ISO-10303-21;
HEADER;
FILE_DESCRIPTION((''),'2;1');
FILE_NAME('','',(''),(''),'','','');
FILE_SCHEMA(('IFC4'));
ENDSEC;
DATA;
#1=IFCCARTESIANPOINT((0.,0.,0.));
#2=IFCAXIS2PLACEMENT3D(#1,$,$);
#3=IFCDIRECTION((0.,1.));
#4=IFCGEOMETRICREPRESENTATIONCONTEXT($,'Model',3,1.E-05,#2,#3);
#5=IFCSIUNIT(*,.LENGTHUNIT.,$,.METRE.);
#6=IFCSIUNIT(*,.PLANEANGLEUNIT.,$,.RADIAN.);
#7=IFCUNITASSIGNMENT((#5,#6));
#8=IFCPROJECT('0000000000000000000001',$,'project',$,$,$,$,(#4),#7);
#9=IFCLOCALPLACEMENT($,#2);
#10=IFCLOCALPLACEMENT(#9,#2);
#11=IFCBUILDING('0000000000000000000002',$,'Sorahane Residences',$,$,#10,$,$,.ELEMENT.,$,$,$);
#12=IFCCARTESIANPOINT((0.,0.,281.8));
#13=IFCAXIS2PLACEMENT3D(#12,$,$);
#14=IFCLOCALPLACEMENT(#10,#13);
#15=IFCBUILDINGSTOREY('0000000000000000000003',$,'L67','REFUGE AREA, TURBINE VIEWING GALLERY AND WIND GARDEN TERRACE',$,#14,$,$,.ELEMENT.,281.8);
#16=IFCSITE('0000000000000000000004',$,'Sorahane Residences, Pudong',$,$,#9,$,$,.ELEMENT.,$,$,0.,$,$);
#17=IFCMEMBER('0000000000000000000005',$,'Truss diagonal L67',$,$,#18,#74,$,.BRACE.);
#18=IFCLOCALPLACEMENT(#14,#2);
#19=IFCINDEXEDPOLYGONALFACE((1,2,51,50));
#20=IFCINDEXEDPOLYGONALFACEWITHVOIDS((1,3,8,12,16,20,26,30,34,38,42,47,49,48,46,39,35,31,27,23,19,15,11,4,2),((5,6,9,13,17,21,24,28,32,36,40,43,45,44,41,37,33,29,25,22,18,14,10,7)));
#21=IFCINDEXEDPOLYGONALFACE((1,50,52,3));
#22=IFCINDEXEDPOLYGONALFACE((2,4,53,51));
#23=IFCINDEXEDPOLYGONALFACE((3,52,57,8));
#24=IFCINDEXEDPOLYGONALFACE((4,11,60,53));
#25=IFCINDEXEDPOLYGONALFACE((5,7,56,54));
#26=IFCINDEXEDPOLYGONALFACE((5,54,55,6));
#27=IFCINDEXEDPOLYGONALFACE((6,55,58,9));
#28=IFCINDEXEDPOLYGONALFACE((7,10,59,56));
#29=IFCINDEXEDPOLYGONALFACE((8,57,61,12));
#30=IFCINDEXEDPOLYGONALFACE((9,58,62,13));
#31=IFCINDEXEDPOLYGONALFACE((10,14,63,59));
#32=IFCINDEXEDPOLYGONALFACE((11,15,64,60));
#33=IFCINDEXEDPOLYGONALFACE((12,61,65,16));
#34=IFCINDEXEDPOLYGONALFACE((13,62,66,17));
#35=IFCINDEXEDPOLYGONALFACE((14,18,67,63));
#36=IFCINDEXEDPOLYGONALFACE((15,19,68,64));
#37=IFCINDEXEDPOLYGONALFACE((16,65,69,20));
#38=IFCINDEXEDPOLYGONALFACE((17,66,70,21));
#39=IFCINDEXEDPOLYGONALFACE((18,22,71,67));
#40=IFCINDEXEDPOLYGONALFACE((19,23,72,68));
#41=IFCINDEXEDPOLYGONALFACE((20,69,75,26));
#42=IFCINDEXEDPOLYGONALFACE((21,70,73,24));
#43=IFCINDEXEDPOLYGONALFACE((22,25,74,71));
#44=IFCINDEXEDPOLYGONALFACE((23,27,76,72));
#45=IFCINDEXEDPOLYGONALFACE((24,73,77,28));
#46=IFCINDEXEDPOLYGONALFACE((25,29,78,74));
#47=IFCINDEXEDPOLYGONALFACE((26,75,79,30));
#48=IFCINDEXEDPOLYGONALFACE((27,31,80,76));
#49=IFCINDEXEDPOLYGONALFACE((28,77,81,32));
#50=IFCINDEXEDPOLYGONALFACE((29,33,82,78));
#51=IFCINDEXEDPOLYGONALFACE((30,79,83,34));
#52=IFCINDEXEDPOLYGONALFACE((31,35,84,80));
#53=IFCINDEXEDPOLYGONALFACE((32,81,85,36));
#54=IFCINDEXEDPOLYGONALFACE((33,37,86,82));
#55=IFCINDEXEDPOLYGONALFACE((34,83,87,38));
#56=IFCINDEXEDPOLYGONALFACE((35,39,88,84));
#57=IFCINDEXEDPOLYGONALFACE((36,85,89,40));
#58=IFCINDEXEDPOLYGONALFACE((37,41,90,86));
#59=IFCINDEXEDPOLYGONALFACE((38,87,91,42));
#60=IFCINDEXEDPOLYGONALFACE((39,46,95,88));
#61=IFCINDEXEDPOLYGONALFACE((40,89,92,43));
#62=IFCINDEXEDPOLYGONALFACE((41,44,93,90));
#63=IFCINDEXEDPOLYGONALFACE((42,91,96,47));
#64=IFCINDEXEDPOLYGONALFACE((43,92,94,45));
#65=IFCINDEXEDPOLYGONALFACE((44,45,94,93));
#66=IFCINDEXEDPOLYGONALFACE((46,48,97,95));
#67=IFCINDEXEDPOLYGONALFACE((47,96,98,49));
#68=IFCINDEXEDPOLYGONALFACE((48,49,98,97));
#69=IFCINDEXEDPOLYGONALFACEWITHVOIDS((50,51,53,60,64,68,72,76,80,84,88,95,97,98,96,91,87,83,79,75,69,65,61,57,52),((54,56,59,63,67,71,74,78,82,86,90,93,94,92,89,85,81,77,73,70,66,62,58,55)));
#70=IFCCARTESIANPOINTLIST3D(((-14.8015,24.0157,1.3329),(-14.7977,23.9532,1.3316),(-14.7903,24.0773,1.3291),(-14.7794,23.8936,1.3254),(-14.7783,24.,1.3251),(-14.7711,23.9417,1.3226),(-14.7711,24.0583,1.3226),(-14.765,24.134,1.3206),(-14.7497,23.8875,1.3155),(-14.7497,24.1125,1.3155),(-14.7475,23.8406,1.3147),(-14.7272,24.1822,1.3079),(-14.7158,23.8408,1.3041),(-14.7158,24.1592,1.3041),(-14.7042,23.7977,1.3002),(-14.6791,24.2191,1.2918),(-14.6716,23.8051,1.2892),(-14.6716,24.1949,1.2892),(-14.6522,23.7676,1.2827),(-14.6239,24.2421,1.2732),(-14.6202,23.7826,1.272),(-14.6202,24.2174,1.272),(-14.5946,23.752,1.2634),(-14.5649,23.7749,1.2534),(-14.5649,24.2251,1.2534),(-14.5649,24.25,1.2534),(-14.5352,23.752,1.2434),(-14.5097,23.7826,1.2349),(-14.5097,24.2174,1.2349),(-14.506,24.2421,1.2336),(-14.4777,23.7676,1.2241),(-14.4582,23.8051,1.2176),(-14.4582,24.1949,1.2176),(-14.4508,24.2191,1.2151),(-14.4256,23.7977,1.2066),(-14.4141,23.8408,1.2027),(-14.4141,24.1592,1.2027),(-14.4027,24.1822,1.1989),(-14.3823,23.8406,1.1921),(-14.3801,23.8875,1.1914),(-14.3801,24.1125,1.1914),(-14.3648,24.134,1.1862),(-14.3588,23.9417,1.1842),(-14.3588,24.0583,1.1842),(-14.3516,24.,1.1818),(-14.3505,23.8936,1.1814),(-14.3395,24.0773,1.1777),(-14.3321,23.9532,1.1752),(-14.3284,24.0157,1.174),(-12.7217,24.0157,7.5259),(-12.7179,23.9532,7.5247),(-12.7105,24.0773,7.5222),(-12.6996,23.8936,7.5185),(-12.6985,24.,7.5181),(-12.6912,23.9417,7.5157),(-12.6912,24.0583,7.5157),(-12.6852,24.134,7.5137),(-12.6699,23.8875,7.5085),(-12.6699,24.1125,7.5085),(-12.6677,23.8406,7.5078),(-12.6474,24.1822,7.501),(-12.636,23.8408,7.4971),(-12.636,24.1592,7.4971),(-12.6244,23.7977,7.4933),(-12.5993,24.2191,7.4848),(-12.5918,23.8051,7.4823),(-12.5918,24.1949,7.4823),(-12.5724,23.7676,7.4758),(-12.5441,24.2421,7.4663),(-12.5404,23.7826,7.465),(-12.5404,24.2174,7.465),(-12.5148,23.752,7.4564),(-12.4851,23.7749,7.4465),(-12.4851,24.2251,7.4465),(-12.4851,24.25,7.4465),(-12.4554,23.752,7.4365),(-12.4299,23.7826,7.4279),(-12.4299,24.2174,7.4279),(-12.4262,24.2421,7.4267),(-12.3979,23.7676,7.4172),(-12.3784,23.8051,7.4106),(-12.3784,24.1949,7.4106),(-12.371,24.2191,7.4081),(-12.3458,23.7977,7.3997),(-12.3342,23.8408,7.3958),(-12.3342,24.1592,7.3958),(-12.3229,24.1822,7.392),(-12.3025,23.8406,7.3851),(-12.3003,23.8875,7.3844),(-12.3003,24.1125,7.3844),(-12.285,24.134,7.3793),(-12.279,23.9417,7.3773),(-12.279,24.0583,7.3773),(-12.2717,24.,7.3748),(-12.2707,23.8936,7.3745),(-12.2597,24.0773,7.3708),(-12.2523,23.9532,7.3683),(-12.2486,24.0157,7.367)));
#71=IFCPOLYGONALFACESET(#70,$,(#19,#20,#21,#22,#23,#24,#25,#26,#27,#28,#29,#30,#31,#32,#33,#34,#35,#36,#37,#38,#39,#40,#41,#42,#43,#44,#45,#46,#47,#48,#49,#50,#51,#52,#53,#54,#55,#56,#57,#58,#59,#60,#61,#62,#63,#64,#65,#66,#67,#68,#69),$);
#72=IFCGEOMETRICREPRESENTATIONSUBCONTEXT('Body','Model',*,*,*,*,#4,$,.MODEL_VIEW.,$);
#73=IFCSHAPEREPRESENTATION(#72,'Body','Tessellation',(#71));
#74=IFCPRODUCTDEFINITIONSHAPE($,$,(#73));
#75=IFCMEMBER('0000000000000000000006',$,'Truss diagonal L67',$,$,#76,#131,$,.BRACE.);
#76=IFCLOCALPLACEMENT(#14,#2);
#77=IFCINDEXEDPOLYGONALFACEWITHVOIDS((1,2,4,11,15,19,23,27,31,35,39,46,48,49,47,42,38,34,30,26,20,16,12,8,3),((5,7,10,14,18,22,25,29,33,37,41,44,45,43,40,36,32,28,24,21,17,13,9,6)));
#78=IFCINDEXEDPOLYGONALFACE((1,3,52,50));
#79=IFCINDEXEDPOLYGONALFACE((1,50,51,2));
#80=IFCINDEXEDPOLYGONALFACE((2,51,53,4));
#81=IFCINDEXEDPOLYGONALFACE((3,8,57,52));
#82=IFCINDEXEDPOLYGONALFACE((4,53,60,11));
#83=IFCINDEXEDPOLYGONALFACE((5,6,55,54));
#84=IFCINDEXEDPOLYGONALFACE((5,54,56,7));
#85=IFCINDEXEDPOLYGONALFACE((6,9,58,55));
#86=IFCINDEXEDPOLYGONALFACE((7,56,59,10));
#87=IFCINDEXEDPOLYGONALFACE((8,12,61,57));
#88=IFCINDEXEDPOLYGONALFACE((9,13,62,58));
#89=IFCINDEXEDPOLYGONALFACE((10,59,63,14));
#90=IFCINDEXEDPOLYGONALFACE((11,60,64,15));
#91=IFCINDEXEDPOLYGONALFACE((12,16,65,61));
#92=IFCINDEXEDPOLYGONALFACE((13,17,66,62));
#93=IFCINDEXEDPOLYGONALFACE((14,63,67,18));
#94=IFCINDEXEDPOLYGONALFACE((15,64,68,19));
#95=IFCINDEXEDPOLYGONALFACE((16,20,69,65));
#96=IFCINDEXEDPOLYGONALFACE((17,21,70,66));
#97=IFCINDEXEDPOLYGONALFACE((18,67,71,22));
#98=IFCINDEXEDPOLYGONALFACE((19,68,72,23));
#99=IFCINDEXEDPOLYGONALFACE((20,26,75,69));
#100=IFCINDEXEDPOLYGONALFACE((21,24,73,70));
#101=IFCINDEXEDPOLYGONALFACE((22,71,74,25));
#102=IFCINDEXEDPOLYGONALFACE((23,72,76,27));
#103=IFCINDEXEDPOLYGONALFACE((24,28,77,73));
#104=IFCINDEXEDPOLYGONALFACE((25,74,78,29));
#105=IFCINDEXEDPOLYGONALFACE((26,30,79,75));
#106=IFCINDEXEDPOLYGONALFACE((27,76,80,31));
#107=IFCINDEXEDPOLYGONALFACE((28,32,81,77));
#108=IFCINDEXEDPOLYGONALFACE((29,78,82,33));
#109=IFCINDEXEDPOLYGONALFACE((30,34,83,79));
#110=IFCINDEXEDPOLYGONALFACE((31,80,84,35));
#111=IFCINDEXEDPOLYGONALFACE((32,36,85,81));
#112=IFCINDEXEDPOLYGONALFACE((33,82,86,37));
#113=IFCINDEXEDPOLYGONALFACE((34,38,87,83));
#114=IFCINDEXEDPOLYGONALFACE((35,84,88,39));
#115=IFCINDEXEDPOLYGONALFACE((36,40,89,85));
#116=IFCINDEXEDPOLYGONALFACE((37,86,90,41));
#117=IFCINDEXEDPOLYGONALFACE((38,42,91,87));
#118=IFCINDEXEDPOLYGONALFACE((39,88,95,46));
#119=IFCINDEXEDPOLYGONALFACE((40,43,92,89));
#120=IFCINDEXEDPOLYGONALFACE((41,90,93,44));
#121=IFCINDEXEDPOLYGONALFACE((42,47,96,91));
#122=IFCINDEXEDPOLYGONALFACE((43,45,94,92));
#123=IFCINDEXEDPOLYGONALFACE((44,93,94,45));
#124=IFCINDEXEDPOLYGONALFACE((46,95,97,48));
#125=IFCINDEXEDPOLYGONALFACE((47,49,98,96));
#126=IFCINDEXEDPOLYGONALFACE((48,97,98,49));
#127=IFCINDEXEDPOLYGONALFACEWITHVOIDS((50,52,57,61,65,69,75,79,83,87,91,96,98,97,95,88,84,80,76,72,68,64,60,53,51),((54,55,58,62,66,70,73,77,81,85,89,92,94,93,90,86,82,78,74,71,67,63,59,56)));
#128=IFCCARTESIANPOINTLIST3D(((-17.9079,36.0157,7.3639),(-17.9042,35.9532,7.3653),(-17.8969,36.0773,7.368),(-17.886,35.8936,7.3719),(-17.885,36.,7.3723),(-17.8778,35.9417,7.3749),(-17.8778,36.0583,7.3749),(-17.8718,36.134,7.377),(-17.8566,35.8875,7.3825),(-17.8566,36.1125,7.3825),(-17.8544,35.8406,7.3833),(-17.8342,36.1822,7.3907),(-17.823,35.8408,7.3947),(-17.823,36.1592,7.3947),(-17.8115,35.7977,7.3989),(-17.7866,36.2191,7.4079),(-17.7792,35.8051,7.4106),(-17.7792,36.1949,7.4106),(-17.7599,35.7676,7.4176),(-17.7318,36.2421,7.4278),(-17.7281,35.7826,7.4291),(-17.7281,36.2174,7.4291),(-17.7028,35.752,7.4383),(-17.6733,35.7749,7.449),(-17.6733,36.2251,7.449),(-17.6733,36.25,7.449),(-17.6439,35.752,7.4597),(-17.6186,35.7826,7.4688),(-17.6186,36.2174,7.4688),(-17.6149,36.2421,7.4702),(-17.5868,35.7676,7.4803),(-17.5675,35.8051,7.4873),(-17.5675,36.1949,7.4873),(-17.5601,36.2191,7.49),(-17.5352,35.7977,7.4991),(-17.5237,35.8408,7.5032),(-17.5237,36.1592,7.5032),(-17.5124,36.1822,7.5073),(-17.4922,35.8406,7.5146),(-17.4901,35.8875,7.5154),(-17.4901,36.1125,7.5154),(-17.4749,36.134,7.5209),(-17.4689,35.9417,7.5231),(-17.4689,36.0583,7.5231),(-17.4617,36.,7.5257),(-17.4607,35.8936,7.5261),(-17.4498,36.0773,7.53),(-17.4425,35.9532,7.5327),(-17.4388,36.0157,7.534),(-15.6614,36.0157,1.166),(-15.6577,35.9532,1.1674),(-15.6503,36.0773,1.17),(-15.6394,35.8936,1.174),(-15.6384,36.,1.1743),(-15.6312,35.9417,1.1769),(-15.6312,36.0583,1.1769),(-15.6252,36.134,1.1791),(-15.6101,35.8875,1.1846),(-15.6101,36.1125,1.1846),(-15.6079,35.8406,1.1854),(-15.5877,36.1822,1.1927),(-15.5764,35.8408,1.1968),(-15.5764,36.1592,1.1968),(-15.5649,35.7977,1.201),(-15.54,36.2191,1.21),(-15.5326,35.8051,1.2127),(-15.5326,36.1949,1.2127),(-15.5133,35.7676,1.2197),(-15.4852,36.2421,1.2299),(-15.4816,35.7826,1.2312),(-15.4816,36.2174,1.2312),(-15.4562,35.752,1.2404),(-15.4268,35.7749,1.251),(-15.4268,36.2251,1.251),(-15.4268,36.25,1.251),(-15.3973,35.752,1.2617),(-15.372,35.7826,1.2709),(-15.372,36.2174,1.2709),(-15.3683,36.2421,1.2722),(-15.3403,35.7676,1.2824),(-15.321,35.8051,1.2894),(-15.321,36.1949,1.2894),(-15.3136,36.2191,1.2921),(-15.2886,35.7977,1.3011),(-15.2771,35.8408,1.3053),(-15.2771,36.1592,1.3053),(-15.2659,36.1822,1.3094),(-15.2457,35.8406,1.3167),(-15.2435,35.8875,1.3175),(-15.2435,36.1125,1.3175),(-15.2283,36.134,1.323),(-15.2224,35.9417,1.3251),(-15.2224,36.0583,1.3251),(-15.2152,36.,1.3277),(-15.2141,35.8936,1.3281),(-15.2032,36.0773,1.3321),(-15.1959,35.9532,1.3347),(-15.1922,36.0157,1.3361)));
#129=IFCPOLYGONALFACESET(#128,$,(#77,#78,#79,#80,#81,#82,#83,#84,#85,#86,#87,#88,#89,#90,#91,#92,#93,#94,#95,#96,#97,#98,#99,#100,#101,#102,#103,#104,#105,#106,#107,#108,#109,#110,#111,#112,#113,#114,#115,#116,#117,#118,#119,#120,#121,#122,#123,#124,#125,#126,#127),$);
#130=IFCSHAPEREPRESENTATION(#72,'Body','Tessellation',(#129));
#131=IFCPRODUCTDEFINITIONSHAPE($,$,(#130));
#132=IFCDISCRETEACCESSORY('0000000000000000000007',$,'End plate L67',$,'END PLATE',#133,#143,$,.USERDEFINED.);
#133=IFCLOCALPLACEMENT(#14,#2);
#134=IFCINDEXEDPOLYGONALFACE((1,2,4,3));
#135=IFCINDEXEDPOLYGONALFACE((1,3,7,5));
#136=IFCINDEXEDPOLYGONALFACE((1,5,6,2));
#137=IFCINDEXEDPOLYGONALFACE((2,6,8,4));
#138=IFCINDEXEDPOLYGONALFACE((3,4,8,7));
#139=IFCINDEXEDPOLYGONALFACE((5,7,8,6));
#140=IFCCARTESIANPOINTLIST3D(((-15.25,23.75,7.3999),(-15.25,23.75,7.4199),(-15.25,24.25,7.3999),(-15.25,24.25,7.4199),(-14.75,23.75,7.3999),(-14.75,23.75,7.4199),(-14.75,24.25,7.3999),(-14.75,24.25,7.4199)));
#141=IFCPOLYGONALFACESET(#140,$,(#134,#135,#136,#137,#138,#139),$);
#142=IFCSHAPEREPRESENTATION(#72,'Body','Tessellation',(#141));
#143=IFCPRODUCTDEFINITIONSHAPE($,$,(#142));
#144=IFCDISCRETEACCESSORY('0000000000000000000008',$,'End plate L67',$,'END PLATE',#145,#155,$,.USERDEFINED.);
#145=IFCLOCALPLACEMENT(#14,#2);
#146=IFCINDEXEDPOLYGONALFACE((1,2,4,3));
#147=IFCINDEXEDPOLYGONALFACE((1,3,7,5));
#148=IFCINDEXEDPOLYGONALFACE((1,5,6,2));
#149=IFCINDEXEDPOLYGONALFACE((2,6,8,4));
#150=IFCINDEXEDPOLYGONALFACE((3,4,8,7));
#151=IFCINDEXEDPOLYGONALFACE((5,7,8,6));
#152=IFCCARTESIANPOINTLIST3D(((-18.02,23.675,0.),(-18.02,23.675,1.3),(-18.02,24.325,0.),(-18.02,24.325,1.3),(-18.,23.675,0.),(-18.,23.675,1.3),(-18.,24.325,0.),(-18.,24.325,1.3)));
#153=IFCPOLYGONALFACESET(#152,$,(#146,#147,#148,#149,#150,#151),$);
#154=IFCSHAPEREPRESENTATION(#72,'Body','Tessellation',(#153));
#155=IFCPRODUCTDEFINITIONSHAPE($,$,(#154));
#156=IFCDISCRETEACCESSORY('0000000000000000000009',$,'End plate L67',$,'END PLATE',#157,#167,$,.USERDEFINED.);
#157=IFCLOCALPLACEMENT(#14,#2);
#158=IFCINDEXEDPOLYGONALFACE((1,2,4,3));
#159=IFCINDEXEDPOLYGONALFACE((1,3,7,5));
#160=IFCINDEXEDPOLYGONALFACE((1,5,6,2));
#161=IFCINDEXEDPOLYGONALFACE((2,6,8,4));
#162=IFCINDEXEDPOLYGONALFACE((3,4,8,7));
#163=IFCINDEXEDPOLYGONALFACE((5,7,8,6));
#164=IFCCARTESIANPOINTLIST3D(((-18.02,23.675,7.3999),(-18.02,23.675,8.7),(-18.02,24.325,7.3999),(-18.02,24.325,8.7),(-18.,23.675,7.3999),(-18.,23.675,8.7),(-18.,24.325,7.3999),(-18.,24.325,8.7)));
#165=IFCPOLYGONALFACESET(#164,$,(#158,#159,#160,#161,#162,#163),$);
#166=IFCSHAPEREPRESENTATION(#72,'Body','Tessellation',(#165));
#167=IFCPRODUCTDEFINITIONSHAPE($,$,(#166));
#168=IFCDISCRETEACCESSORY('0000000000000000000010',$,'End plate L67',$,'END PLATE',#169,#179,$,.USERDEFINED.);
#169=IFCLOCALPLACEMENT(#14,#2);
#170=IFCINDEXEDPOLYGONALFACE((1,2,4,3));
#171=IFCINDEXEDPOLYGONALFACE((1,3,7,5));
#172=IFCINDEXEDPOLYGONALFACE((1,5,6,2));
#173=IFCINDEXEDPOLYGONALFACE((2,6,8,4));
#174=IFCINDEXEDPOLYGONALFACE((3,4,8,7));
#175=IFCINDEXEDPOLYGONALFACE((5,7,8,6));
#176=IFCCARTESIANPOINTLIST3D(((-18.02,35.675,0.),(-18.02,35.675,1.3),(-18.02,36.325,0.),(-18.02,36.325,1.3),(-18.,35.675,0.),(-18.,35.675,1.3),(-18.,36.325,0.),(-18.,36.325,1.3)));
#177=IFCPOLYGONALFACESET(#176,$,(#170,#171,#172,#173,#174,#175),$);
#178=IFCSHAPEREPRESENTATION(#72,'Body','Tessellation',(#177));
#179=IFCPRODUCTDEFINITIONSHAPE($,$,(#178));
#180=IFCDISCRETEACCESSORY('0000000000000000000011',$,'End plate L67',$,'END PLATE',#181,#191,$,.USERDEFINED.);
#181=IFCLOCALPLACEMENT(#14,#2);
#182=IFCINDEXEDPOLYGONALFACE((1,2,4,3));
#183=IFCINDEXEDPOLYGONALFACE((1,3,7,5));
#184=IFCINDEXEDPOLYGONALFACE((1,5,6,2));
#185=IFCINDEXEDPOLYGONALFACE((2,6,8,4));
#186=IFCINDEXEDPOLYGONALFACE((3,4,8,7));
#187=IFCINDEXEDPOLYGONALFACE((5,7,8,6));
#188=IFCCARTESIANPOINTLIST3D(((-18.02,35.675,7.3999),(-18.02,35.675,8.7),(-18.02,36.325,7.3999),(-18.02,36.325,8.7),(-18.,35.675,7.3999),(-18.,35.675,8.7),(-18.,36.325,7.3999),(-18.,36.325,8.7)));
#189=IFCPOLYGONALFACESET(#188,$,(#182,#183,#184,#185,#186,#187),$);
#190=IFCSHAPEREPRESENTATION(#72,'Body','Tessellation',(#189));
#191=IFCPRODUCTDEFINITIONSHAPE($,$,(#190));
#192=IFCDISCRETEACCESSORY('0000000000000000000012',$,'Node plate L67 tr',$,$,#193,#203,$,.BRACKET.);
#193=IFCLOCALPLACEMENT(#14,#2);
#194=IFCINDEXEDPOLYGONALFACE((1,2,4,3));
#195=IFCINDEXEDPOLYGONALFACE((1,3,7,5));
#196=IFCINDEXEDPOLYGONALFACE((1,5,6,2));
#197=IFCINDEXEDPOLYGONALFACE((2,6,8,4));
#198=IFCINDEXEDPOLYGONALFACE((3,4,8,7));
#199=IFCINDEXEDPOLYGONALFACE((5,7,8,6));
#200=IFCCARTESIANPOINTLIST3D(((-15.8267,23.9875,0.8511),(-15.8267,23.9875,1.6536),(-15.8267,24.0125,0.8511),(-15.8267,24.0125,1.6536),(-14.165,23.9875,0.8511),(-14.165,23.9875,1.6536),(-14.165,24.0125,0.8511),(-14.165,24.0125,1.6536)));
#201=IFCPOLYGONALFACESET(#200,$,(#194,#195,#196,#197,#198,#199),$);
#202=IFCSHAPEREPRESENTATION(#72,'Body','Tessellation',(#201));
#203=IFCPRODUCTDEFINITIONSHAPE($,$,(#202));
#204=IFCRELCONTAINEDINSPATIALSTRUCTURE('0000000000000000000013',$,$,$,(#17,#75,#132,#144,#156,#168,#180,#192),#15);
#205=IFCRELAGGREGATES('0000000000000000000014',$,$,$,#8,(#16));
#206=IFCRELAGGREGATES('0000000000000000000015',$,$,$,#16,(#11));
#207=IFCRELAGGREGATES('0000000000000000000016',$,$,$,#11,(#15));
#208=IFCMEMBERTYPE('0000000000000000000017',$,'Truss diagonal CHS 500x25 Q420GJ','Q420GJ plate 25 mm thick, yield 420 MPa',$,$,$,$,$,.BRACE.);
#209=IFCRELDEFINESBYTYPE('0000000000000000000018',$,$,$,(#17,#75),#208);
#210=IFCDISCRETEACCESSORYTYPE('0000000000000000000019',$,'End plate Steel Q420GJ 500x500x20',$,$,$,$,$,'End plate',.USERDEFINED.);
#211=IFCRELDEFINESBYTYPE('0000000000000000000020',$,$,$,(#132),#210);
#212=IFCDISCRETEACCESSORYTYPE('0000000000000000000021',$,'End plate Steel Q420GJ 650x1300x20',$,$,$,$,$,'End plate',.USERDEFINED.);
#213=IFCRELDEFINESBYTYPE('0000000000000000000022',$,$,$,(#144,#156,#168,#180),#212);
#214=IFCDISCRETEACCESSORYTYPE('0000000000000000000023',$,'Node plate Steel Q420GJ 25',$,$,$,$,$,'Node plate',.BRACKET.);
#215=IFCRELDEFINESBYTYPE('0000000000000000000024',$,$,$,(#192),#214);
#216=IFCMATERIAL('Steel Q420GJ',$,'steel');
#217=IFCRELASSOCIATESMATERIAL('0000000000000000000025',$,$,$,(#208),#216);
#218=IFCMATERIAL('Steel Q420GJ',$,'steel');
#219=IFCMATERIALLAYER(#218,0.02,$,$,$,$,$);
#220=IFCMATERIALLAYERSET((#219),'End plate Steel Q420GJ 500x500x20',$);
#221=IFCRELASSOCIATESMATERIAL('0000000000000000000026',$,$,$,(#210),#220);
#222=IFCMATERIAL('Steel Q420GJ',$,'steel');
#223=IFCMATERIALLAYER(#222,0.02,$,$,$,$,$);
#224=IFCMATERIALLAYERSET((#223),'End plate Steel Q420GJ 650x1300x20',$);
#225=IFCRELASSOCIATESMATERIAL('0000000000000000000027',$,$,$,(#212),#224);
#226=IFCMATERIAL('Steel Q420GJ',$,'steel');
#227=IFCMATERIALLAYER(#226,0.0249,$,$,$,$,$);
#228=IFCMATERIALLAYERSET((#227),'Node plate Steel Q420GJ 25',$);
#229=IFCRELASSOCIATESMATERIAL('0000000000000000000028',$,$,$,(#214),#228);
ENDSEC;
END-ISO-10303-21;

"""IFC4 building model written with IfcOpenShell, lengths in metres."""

from ifc_helpers import new_model, si_unit, direction, frame, origin, origin_2d, place, context, subcontext, project, spatial, rectangle, hollow_circle, extrude, material, layer, layer_set, material_profile, profile_set, type_object, element, save


model = new_model("IFC4")

# Units and contexts
model_context = context("Model", 3, precision=1e-05, world=origin(), true_north=direction((0.0, 1.0)))
body_context = subcontext(model_context, "Body", "Model", "MODEL_VIEW")
ifc_project = project(units=[si_unit("LENGTHUNIT", "METRE"), si_unit("PLANEANGLEUNIT", "RADIAN")], contexts=[model_context])

# Site, building, storey
site_placement = place(None, origin())
site = spatial("IfcSite", under=ifc_project, at=site_placement, Name="Sorahane Residences, Pudong", CompositionType="ELEMENT", RefElevation=0.0)
building_placement = place(site_placement, origin())
building = spatial("IfcBuilding", under=site, at=building_placement, Name="Sorahane Residences", CompositionType="ELEMENT")
storey_placement = place(building_placement, frame((0.0, 0.0, 281.8)))
storey = spatial("IfcBuildingStorey", under=building, at=storey_placement, Name="L67", Description="REFUGE AREA, TURBINE VIEWING GALLERY AND WIND GARDEN TERRACE", CompositionType="ELEMENT", Elevation=281.8)

# Members
ifc_material_1 = material(Name="Steel Q420GJ", Category="steel")
ifc_material_profile_1 = material_profile(ifc_material_1, hollow_circle(Radius=0.25, WallThickness=0.0249, at=origin_2d()), Name="CHS 500x25")
ifc_profile_set_1 = profile_set([ifc_material_profile_1], Name="Steel Q420GJ")
member_type = type_object("IfcMemberType", Name="Truss diagonal CHS 500x25 Q420GJ", Description="Q420GJ plate 25 mm thick, yield 420 MPa", PredefinedType="BRACE", material=ifc_profile_set_1)
member_1_placement = place(storey_placement, frame((-14.5649, 24.0, 1.2534), z_axis=(0.318357, 0.0, 0.947971), x_axis=(0.0, 1.0, 0.0)))
element("IfcMember", 1, at=member_1_placement, inside=storey, type_object=member_type, Name="Truss diagonal L67", PredefinedType="BRACE", context=body_context, shape_type="SweptSolid", body=[
    extrude(hollow_circle(Radius=0.25, WallThickness=0.0249, at=origin_2d()), origin(), (0.0, 0.0, 1.0), 6.533),
])
member_2_placement = place(storey_placement, frame((-17.6733, 36.0, 7.449), z_axis=(0.340774, 0.0, -0.940145), x_axis=(0.0, 1.0, 0.0)))
element("IfcMember", 2, at=member_2_placement, inside=storey, type_object=member_type, Name="Truss diagonal L67", PredefinedType="BRACE", context=body_context, shape_type="SweptSolid", body=[
    extrude(hollow_circle(Radius=0.25, WallThickness=0.0249, at=origin_2d()), origin(), (0.0, 0.0, 1.0), 6.5925),
])

# Discrete accessories
ifc_material_2 = material(Name="Steel Q420GJ", Category="steel")
ifc_layer_1 = layer(ifc_material_2, 0.02)
ifc_layer_set_1 = layer_set([ifc_layer_1], Name="End plate Steel Q420GJ 500x500x20")
discrete_accessory_type_1 = type_object("IfcDiscreteAccessoryType", Name="End plate Steel Q420GJ 500x500x20", ElementType="End plate", PredefinedType="USERDEFINED", material=ifc_layer_set_1)
discrete_accessory_1_placement = place(storey_placement, frame((-15.0, 24.0, 7.3999), z_axis=(0.0, 0.0, 1.0), x_axis=(1.0, 0.0, 0.0)))
element("IfcDiscreteAccessory", 3, at=discrete_accessory_1_placement, inside=storey, type_object=discrete_accessory_type_1, Name="End plate L67", ObjectType="END PLATE", PredefinedType="USERDEFINED", context=body_context, shape_type="SweptSolid", body=[
    extrude(rectangle(XDim=0.5, YDim=0.5, at=origin_2d()), origin(), (0.0, 0.0, 1.0), 0.02),
])
ifc_material_3 = material(Name="Steel Q420GJ", Category="steel")
ifc_layer_2 = layer(ifc_material_3, 0.02)
ifc_layer_set_2 = layer_set([ifc_layer_2], Name="End plate Steel Q420GJ 650x1300x20")
discrete_accessory_type_2 = type_object("IfcDiscreteAccessoryType", Name="End plate Steel Q420GJ 650x1300x20", ElementType="End plate", PredefinedType="USERDEFINED", material=ifc_layer_set_2)
for number, where, z_axis, x_axis, name in (
    (4, (-18.01, 24.0, 0.0), (0.0, 0.0, 1.0), (1.0, 0.0, 0.0), "End plate L67"),
    (5, (-18.01, 24.0, 7.3999), (0.0, 0.0, 1.0), (1.0, 0.0, 0.0), "End plate L67"),
    (6, (-18.01, 36.0, 0.0), (0.0, 0.0, 1.0), (1.0, 0.0, 0.0), "End plate L67"),
    (7, (-18.01, 36.0, 7.3999), (0.0, 0.0, 1.0), (1.0, 0.0, 0.0), "End plate L67"),
):
    element("IfcDiscreteAccessory", number, at=place(storey_placement, frame(where, z_axis=z_axis, x_axis=x_axis)), inside=storey, type_object=discrete_accessory_type_2, Name=name, ObjectType="END PLATE", PredefinedType="USERDEFINED", context=body_context, shape_type="SweptSolid", body=[
        extrude(rectangle(XDim=0.02, YDim=0.6499, at=origin_2d()), origin(), (0.0, 0.0, 1.0), 1.3),
    ])
ifc_material_4 = material(Name="Steel Q420GJ", Category="steel")
ifc_layer_3 = layer(ifc_material_4, 0.0249)
ifc_layer_set_3 = layer_set([ifc_layer_3], Name="Node plate Steel Q420GJ 25")
discrete_accessory_type_3 = type_object("IfcDiscreteAccessoryType", Name="Node plate Steel Q420GJ 25", ElementType="Node plate", PredefinedType="BRACKET", material=ifc_layer_set_3)
discrete_accessory_2_placement = place(storey_placement, frame((-14.9958, 24.0, 0.8511), z_axis=(0.0, 0.0, 1.0), x_axis=(1.0, 0.0, 0.0)))
element("IfcDiscreteAccessory", 8, at=discrete_accessory_2_placement, inside=storey, type_object=discrete_accessory_type_3, Name="Node plate L67 tr", PredefinedType="BRACKET", context=body_context, shape_type="SweptSolid", body=[
    extrude(rectangle(XDim=1.6616, YDim=0.0249, at=origin_2d()), origin(), (0.0, 0.0, 1.0), 0.8025),
])

save(model, "model.ifc")
